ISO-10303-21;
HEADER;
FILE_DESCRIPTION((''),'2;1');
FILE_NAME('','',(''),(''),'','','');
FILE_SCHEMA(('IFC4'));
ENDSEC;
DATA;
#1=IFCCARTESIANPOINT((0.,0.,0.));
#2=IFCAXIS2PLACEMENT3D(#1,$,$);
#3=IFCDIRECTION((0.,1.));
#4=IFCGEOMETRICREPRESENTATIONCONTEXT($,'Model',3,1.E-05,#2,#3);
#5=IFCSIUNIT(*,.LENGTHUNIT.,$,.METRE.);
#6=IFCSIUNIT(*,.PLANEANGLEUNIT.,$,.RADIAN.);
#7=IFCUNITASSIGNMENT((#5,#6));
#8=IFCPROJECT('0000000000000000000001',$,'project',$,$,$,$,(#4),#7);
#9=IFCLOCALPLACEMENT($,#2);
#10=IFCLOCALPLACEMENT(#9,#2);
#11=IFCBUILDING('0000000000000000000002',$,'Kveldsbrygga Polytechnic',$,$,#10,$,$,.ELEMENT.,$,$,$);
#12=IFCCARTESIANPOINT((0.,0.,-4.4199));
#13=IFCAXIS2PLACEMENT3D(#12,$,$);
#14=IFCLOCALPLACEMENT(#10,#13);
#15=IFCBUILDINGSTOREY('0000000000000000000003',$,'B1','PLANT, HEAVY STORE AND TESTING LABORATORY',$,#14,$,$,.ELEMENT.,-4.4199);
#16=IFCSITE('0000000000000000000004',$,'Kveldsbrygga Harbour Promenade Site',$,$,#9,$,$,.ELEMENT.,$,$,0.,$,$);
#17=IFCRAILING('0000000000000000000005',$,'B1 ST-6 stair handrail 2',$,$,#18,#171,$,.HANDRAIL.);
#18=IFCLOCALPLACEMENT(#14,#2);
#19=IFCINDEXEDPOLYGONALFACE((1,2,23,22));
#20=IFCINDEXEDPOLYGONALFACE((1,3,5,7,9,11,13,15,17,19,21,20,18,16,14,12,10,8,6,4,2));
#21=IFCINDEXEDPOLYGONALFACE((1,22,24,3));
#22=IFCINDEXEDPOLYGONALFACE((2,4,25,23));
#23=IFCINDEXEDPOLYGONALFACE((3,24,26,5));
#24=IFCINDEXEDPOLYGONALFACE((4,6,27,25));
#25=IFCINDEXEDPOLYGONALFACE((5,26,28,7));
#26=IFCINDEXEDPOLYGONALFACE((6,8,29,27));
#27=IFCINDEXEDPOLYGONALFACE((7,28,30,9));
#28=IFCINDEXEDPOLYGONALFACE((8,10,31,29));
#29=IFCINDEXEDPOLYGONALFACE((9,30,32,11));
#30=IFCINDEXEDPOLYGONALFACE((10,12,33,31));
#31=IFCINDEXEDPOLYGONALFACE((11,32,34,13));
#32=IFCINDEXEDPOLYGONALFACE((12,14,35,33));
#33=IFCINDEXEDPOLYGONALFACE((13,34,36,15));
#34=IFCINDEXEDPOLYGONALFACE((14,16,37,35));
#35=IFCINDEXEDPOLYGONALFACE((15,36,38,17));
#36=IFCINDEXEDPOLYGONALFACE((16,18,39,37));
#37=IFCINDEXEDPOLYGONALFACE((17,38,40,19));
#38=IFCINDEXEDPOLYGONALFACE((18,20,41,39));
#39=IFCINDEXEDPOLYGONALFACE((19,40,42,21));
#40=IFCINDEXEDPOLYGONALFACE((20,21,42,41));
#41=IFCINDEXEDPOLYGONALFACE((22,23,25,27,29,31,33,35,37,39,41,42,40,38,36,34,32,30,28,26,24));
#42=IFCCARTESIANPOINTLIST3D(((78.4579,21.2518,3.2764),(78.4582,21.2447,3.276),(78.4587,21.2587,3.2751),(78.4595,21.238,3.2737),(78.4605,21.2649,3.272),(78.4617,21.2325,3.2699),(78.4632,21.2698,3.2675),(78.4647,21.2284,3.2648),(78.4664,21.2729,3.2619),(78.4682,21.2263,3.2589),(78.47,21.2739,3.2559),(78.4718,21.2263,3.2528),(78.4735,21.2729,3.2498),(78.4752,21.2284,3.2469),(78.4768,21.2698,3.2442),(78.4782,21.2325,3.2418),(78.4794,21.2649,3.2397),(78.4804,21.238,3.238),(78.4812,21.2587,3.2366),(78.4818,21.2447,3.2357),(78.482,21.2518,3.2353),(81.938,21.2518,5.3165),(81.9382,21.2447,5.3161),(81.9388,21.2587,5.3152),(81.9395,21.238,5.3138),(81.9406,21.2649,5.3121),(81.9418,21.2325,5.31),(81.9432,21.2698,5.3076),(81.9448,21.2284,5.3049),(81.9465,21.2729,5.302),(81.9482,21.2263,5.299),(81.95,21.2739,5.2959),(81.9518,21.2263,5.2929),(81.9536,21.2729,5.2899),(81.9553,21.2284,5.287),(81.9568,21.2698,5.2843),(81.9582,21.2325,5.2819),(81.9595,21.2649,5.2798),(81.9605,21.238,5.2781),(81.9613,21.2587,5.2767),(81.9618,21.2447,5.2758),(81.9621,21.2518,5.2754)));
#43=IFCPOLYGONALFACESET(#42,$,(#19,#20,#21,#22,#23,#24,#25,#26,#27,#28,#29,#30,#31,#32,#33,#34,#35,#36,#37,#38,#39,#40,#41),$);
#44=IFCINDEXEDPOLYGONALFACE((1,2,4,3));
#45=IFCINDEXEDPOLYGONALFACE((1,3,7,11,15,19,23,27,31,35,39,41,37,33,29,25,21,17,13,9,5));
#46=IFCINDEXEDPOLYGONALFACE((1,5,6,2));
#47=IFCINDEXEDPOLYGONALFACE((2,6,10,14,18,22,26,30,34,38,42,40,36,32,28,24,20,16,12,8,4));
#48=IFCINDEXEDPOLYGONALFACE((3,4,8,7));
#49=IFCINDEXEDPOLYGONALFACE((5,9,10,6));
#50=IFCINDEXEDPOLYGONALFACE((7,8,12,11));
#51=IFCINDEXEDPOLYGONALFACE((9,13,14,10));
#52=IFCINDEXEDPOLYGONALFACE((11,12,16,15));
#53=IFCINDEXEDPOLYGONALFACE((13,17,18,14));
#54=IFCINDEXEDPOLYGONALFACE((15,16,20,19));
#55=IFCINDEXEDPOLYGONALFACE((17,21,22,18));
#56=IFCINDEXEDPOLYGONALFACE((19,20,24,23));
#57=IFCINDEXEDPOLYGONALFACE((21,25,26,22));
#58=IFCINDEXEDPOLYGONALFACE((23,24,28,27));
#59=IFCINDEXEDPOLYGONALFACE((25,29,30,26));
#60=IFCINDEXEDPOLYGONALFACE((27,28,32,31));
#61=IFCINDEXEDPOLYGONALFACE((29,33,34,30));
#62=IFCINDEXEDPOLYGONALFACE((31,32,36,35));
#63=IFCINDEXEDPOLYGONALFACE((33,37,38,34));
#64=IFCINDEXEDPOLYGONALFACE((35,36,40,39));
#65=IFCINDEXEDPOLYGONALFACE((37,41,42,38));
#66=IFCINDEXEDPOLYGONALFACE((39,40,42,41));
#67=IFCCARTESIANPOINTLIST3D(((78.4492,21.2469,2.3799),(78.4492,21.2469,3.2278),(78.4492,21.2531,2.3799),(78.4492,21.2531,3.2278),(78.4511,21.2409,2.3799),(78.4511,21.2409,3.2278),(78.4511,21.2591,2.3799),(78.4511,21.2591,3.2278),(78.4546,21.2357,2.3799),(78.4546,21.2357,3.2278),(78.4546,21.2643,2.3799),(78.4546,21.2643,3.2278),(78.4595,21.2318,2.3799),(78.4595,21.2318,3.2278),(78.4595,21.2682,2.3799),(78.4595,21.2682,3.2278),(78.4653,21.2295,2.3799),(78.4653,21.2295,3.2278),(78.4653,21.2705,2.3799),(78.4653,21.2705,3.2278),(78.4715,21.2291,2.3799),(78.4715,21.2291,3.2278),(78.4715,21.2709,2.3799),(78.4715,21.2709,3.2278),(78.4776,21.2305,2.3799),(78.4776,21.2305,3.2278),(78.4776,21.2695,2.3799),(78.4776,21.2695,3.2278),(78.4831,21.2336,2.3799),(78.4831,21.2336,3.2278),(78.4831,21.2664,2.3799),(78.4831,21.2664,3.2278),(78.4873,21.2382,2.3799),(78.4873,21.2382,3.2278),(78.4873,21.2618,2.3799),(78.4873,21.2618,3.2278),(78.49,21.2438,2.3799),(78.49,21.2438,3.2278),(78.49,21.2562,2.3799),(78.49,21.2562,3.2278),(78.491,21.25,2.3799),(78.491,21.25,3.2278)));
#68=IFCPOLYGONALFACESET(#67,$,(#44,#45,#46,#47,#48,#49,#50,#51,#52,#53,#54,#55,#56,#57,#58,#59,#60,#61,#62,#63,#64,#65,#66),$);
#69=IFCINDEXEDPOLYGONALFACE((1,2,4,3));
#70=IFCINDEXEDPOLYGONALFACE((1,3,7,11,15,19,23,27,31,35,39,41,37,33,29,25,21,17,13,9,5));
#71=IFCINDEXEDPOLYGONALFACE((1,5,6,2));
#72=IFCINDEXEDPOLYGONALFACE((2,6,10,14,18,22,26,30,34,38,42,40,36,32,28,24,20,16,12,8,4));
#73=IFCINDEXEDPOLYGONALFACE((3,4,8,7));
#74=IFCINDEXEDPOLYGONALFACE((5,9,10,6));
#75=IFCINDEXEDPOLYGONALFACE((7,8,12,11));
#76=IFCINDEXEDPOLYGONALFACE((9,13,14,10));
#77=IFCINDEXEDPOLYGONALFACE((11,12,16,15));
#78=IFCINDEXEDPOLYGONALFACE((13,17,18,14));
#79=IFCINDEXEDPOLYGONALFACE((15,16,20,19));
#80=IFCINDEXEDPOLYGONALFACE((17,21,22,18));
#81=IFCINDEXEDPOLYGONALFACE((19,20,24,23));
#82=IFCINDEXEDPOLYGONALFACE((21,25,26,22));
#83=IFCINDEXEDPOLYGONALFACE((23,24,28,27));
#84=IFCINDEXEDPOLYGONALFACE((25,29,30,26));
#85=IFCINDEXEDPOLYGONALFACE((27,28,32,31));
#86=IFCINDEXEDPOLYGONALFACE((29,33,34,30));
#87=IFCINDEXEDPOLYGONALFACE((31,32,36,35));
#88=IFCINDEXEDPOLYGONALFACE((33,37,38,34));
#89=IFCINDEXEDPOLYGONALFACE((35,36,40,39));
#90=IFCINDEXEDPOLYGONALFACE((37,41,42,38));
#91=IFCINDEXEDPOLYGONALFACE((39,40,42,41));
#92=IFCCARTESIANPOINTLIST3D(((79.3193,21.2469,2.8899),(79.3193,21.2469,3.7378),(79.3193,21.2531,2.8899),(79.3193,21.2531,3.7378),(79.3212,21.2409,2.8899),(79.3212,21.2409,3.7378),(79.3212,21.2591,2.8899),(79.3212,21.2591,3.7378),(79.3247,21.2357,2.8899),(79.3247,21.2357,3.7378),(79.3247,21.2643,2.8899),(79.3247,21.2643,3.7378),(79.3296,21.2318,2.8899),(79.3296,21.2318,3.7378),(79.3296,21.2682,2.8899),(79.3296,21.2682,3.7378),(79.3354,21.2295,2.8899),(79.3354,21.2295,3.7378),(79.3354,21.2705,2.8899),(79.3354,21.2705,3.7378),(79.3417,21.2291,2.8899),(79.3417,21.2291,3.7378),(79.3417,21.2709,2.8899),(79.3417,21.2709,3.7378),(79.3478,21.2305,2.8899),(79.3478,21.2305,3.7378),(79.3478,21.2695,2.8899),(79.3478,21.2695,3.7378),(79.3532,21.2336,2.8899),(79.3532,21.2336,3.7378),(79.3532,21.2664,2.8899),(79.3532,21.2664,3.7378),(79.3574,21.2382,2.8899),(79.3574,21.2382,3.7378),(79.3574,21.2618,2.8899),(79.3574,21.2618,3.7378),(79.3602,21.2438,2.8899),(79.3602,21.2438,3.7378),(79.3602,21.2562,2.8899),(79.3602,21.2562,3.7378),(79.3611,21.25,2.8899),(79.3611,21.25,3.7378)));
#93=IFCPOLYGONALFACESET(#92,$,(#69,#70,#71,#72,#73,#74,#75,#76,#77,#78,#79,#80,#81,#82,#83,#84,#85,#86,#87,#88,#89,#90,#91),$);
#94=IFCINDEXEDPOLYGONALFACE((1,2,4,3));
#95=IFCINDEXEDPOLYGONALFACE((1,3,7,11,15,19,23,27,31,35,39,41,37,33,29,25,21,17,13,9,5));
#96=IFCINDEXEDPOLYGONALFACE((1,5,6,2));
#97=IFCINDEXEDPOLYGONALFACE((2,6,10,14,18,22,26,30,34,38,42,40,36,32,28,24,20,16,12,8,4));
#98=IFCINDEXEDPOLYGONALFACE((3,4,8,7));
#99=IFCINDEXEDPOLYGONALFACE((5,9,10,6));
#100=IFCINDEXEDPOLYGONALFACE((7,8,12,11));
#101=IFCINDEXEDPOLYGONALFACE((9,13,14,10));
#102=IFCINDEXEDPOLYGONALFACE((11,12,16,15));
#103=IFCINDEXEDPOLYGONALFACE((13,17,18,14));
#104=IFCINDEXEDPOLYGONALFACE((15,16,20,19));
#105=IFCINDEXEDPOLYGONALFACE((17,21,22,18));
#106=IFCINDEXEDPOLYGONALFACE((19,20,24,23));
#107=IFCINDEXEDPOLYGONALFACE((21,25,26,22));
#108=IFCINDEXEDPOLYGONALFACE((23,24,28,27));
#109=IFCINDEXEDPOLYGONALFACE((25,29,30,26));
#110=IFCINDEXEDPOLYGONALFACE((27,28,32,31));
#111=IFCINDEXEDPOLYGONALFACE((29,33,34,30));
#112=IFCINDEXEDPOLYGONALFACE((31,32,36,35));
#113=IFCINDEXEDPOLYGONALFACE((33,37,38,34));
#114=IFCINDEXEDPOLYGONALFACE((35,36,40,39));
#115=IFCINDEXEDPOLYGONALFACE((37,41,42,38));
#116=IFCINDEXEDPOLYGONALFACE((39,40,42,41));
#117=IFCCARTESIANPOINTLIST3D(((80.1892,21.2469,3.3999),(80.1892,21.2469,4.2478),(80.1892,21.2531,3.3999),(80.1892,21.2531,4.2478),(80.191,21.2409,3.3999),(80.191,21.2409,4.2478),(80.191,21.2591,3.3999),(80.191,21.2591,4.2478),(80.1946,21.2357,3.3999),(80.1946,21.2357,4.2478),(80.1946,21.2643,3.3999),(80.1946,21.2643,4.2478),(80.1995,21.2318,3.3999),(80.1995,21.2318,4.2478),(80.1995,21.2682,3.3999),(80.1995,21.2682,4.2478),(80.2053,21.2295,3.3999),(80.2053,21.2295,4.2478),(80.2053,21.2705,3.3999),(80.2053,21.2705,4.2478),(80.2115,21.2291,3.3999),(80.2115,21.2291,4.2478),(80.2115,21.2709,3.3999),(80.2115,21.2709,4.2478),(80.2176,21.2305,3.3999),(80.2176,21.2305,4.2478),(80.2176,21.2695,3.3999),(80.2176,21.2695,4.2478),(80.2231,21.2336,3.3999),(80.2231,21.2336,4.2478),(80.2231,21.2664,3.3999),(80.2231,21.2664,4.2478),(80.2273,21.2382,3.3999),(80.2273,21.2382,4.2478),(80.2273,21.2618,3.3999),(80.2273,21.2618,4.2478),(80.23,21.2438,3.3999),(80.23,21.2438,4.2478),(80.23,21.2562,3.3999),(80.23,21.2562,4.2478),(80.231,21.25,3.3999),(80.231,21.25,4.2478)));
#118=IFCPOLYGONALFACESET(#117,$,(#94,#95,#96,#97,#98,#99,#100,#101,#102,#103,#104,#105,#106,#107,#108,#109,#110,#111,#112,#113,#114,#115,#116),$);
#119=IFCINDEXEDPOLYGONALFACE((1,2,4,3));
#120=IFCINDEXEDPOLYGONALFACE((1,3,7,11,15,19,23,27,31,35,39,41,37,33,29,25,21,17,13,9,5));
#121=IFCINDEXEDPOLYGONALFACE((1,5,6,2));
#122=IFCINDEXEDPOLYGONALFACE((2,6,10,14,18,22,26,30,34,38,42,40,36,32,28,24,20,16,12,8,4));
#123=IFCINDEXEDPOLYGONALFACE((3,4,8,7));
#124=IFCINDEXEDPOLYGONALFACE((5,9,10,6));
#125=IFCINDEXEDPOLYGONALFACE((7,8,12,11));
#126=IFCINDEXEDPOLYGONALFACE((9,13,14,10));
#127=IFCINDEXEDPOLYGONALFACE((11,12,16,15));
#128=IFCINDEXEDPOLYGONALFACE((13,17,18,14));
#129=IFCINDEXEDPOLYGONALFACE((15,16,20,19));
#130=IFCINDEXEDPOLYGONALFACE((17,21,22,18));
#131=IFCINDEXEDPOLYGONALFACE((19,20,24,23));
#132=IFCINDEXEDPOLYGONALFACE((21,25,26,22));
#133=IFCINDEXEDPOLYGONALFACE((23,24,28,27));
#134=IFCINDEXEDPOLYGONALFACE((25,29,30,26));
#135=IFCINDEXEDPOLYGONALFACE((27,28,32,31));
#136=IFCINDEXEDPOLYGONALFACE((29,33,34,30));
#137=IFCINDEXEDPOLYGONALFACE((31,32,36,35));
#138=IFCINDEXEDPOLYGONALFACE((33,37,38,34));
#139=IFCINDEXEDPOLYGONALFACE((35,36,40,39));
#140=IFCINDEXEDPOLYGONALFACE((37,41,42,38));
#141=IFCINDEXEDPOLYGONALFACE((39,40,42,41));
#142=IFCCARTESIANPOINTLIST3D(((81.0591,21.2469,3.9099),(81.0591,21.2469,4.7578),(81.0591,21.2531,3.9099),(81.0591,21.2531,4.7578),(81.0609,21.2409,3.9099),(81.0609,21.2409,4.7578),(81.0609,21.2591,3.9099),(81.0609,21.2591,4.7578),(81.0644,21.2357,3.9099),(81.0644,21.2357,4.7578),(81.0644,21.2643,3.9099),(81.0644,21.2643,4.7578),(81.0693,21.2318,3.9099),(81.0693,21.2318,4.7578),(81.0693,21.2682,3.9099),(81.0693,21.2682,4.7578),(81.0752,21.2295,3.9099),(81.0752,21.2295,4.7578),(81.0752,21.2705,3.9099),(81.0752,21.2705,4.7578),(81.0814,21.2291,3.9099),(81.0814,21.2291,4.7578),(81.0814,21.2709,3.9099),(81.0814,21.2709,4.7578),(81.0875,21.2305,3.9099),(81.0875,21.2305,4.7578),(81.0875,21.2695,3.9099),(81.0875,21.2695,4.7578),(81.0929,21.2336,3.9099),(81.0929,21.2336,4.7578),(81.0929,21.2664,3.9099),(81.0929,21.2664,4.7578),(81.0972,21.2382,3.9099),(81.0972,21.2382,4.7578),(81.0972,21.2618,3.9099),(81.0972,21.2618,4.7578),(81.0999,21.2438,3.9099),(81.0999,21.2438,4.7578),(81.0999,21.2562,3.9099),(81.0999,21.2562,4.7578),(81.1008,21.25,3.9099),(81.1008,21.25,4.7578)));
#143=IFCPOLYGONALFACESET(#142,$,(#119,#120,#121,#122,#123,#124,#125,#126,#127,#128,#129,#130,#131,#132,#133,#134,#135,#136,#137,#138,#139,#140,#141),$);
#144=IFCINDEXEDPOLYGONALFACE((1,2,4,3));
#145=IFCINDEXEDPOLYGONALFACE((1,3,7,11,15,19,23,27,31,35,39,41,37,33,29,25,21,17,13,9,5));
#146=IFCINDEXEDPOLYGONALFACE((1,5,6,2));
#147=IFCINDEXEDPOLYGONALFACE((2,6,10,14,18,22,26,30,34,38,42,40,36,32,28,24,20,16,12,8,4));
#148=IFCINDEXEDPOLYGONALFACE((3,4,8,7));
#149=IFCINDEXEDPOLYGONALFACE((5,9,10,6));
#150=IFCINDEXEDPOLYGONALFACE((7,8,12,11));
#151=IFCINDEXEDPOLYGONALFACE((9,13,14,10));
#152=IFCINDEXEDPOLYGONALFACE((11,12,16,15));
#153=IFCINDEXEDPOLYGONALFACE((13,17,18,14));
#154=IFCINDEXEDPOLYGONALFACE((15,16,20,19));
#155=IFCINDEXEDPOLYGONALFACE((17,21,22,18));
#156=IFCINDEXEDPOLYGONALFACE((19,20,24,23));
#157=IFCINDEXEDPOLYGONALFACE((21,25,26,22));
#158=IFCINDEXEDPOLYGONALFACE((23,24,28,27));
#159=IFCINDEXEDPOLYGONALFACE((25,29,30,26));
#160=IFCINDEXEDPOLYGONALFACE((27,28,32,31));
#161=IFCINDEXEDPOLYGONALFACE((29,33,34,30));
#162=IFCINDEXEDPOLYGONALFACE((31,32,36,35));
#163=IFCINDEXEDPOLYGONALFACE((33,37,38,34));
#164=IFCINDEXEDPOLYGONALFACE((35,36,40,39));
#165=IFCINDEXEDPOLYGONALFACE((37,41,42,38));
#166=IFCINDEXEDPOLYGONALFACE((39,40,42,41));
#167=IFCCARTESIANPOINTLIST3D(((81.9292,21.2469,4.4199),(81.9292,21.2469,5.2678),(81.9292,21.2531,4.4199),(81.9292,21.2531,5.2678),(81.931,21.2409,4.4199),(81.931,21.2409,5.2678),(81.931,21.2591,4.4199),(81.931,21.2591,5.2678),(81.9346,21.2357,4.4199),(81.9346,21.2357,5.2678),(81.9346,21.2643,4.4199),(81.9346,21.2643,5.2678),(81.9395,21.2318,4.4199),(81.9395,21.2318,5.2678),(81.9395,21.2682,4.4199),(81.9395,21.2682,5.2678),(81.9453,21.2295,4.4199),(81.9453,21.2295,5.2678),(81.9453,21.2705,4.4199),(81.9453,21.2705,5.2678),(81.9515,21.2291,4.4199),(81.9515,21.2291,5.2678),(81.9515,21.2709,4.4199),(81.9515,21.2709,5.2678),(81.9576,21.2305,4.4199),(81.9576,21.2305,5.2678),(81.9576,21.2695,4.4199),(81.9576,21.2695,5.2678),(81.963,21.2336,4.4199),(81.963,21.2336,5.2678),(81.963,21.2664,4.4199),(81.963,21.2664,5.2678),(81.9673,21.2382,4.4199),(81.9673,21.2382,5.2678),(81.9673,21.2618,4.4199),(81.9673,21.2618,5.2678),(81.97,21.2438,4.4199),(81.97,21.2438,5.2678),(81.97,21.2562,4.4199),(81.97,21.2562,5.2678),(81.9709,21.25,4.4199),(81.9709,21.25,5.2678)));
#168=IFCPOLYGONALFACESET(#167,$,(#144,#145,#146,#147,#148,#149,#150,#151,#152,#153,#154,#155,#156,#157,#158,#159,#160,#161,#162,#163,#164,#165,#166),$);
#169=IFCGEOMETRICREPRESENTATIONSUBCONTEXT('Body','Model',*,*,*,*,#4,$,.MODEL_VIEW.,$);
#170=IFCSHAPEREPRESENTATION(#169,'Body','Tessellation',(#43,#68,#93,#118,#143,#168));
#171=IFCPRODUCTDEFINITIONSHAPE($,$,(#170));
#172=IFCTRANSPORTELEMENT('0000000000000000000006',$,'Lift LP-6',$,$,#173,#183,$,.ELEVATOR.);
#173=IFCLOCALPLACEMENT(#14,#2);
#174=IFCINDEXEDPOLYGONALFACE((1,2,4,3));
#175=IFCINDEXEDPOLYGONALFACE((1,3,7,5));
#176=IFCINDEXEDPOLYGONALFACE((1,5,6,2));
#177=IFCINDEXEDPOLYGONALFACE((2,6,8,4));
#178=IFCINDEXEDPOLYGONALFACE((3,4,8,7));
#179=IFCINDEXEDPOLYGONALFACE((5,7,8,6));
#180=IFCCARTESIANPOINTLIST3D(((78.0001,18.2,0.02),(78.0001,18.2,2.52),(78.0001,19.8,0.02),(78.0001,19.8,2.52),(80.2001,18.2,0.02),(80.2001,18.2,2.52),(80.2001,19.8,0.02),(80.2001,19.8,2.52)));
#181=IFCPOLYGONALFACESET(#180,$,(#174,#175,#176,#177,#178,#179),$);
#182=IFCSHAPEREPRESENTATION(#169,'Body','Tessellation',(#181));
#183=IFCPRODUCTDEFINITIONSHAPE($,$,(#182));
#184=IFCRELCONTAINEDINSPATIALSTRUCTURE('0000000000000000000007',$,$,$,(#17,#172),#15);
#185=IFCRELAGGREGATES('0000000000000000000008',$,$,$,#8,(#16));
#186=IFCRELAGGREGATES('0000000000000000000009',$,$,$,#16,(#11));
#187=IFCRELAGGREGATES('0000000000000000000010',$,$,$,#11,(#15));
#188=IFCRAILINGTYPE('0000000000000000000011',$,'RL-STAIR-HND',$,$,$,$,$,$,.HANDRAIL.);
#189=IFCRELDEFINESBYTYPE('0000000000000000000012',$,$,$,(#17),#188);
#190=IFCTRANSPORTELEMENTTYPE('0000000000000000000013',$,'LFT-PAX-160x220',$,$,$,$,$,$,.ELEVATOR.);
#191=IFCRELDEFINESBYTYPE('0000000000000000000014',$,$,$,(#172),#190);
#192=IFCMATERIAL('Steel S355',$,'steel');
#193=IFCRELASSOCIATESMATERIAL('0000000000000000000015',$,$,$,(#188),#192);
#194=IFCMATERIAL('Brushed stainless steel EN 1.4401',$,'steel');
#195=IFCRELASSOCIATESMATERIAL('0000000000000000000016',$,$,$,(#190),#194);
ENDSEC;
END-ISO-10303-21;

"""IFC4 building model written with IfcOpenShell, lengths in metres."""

from ifc_helpers import new_model, si_unit, direction, frame, origin, origin_2d, place, context, subcontext, project, spatial, rectangle, circle, extrude, material, type_object, element, save


model = new_model("IFC4")

# Units and contexts
model_context = context("Model", 3, precision=1e-05, world=origin(), true_north=direction((0.0, 1.0)))
body_context = subcontext(model_context, "Body", "Model", "MODEL_VIEW")
ifc_project = project(units=[si_unit("LENGTHUNIT", "METRE"), si_unit("PLANEANGLEUNIT", "RADIAN")], contexts=[model_context])

# Site, building, storey
site_placement = place(None, origin())
site = spatial("IfcSite", under=ifc_project, at=site_placement, Name="Kveldsbrygga Harbour Promenade Site", CompositionType="ELEMENT", RefElevation=0.0)
building_placement = place(site_placement, origin())
building = spatial("IfcBuilding", under=site, at=building_placement, Name="Kveldsbrygga Polytechnic", CompositionType="ELEMENT")
storey_placement = place(building_placement, frame((0.0, 0.0, -4.4199)))
storey = spatial("IfcBuildingStorey", under=building, at=storey_placement, Name="B1", Description="PLANT, HEAVY STORE AND TESTING LABORATORY", CompositionType="ELEMENT", Elevation=-4.4199)

# Shared definitions
ifc_material_1 = material(Name="Brushed stainless steel EN 1.4401", Category="steel")

# Railing
ifc_material_2 = material(Name="Steel S355", Category="steel")
railing_type_1 = type_object("IfcRailingType", Name="RL-STAIR-HND", PredefinedType="HANDRAIL", material=ifc_material_2)
railing_1_placement = place(storey_placement, frame((78.47, 21.25, 2.3799)))
element("IfcRailing", 1, at=railing_1_placement, inside=storey, type_object=railing_type_1, Name="B1 ST-6 stair handrail 2", PredefinedType="HANDRAIL", context=body_context, shape_type="SweptSolid", body=[
    extrude(circle(Radius=0.0239, at=origin_2d()), frame((0.0, 0.0, 0.876), z_axis=(0.862693, 0.0, 0.505729), x_axis=(0.0, 1.0, 0.0)), (0.0, 0.0, 1.0), 4.0339),
    extrude(circle(Radius=0.021, at=origin_2d()), origin(), (0.0, 0.0, 1.0), 0.8479),
    extrude(circle(Radius=0.021, at=origin_2d()), frame((0.8701, 0.0, 0.51)), (0.0, 0.0, 1.0), 0.8479),
    extrude(circle(Radius=0.021, at=origin_2d()), frame((1.74, 0.0, 1.02)), (0.0, 0.0, 1.0), 0.8479),
    extrude(circle(Radius=0.021, at=origin_2d()), frame((2.6099, 0.0, 1.53)), (0.0, 0.0, 1.0), 0.8479),
    extrude(circle(Radius=0.021, at=origin_2d()), frame((3.48, 0.0, 2.04)), (0.0, 0.0, 1.0), 0.8479),
])

# Transport element
transport_element_type = type_object("IfcTransportElementType", Name="LFT-PAX-160x220", PredefinedType="ELEVATOR", material=ifc_material_1)
transport_element_placement = place(storey_placement, frame((79.1001, 19.0, 0.02), z_axis=(0.0, 0.0, 1.0), x_axis=(1.0, 0.0, 0.0)))
element("IfcTransportElement", 2, at=transport_element_placement, inside=storey, type_object=transport_element_type, Name="Lift LP-6", PredefinedType="ELEVATOR", context=body_context, shape_type="SweptSolid", body=[
    extrude(rectangle(XDim=2.2, YDim=1.6001, at=origin_2d()), origin(), (0.0, 0.0, 1.0), 2.5),
])

save(model, "model.ifc")
